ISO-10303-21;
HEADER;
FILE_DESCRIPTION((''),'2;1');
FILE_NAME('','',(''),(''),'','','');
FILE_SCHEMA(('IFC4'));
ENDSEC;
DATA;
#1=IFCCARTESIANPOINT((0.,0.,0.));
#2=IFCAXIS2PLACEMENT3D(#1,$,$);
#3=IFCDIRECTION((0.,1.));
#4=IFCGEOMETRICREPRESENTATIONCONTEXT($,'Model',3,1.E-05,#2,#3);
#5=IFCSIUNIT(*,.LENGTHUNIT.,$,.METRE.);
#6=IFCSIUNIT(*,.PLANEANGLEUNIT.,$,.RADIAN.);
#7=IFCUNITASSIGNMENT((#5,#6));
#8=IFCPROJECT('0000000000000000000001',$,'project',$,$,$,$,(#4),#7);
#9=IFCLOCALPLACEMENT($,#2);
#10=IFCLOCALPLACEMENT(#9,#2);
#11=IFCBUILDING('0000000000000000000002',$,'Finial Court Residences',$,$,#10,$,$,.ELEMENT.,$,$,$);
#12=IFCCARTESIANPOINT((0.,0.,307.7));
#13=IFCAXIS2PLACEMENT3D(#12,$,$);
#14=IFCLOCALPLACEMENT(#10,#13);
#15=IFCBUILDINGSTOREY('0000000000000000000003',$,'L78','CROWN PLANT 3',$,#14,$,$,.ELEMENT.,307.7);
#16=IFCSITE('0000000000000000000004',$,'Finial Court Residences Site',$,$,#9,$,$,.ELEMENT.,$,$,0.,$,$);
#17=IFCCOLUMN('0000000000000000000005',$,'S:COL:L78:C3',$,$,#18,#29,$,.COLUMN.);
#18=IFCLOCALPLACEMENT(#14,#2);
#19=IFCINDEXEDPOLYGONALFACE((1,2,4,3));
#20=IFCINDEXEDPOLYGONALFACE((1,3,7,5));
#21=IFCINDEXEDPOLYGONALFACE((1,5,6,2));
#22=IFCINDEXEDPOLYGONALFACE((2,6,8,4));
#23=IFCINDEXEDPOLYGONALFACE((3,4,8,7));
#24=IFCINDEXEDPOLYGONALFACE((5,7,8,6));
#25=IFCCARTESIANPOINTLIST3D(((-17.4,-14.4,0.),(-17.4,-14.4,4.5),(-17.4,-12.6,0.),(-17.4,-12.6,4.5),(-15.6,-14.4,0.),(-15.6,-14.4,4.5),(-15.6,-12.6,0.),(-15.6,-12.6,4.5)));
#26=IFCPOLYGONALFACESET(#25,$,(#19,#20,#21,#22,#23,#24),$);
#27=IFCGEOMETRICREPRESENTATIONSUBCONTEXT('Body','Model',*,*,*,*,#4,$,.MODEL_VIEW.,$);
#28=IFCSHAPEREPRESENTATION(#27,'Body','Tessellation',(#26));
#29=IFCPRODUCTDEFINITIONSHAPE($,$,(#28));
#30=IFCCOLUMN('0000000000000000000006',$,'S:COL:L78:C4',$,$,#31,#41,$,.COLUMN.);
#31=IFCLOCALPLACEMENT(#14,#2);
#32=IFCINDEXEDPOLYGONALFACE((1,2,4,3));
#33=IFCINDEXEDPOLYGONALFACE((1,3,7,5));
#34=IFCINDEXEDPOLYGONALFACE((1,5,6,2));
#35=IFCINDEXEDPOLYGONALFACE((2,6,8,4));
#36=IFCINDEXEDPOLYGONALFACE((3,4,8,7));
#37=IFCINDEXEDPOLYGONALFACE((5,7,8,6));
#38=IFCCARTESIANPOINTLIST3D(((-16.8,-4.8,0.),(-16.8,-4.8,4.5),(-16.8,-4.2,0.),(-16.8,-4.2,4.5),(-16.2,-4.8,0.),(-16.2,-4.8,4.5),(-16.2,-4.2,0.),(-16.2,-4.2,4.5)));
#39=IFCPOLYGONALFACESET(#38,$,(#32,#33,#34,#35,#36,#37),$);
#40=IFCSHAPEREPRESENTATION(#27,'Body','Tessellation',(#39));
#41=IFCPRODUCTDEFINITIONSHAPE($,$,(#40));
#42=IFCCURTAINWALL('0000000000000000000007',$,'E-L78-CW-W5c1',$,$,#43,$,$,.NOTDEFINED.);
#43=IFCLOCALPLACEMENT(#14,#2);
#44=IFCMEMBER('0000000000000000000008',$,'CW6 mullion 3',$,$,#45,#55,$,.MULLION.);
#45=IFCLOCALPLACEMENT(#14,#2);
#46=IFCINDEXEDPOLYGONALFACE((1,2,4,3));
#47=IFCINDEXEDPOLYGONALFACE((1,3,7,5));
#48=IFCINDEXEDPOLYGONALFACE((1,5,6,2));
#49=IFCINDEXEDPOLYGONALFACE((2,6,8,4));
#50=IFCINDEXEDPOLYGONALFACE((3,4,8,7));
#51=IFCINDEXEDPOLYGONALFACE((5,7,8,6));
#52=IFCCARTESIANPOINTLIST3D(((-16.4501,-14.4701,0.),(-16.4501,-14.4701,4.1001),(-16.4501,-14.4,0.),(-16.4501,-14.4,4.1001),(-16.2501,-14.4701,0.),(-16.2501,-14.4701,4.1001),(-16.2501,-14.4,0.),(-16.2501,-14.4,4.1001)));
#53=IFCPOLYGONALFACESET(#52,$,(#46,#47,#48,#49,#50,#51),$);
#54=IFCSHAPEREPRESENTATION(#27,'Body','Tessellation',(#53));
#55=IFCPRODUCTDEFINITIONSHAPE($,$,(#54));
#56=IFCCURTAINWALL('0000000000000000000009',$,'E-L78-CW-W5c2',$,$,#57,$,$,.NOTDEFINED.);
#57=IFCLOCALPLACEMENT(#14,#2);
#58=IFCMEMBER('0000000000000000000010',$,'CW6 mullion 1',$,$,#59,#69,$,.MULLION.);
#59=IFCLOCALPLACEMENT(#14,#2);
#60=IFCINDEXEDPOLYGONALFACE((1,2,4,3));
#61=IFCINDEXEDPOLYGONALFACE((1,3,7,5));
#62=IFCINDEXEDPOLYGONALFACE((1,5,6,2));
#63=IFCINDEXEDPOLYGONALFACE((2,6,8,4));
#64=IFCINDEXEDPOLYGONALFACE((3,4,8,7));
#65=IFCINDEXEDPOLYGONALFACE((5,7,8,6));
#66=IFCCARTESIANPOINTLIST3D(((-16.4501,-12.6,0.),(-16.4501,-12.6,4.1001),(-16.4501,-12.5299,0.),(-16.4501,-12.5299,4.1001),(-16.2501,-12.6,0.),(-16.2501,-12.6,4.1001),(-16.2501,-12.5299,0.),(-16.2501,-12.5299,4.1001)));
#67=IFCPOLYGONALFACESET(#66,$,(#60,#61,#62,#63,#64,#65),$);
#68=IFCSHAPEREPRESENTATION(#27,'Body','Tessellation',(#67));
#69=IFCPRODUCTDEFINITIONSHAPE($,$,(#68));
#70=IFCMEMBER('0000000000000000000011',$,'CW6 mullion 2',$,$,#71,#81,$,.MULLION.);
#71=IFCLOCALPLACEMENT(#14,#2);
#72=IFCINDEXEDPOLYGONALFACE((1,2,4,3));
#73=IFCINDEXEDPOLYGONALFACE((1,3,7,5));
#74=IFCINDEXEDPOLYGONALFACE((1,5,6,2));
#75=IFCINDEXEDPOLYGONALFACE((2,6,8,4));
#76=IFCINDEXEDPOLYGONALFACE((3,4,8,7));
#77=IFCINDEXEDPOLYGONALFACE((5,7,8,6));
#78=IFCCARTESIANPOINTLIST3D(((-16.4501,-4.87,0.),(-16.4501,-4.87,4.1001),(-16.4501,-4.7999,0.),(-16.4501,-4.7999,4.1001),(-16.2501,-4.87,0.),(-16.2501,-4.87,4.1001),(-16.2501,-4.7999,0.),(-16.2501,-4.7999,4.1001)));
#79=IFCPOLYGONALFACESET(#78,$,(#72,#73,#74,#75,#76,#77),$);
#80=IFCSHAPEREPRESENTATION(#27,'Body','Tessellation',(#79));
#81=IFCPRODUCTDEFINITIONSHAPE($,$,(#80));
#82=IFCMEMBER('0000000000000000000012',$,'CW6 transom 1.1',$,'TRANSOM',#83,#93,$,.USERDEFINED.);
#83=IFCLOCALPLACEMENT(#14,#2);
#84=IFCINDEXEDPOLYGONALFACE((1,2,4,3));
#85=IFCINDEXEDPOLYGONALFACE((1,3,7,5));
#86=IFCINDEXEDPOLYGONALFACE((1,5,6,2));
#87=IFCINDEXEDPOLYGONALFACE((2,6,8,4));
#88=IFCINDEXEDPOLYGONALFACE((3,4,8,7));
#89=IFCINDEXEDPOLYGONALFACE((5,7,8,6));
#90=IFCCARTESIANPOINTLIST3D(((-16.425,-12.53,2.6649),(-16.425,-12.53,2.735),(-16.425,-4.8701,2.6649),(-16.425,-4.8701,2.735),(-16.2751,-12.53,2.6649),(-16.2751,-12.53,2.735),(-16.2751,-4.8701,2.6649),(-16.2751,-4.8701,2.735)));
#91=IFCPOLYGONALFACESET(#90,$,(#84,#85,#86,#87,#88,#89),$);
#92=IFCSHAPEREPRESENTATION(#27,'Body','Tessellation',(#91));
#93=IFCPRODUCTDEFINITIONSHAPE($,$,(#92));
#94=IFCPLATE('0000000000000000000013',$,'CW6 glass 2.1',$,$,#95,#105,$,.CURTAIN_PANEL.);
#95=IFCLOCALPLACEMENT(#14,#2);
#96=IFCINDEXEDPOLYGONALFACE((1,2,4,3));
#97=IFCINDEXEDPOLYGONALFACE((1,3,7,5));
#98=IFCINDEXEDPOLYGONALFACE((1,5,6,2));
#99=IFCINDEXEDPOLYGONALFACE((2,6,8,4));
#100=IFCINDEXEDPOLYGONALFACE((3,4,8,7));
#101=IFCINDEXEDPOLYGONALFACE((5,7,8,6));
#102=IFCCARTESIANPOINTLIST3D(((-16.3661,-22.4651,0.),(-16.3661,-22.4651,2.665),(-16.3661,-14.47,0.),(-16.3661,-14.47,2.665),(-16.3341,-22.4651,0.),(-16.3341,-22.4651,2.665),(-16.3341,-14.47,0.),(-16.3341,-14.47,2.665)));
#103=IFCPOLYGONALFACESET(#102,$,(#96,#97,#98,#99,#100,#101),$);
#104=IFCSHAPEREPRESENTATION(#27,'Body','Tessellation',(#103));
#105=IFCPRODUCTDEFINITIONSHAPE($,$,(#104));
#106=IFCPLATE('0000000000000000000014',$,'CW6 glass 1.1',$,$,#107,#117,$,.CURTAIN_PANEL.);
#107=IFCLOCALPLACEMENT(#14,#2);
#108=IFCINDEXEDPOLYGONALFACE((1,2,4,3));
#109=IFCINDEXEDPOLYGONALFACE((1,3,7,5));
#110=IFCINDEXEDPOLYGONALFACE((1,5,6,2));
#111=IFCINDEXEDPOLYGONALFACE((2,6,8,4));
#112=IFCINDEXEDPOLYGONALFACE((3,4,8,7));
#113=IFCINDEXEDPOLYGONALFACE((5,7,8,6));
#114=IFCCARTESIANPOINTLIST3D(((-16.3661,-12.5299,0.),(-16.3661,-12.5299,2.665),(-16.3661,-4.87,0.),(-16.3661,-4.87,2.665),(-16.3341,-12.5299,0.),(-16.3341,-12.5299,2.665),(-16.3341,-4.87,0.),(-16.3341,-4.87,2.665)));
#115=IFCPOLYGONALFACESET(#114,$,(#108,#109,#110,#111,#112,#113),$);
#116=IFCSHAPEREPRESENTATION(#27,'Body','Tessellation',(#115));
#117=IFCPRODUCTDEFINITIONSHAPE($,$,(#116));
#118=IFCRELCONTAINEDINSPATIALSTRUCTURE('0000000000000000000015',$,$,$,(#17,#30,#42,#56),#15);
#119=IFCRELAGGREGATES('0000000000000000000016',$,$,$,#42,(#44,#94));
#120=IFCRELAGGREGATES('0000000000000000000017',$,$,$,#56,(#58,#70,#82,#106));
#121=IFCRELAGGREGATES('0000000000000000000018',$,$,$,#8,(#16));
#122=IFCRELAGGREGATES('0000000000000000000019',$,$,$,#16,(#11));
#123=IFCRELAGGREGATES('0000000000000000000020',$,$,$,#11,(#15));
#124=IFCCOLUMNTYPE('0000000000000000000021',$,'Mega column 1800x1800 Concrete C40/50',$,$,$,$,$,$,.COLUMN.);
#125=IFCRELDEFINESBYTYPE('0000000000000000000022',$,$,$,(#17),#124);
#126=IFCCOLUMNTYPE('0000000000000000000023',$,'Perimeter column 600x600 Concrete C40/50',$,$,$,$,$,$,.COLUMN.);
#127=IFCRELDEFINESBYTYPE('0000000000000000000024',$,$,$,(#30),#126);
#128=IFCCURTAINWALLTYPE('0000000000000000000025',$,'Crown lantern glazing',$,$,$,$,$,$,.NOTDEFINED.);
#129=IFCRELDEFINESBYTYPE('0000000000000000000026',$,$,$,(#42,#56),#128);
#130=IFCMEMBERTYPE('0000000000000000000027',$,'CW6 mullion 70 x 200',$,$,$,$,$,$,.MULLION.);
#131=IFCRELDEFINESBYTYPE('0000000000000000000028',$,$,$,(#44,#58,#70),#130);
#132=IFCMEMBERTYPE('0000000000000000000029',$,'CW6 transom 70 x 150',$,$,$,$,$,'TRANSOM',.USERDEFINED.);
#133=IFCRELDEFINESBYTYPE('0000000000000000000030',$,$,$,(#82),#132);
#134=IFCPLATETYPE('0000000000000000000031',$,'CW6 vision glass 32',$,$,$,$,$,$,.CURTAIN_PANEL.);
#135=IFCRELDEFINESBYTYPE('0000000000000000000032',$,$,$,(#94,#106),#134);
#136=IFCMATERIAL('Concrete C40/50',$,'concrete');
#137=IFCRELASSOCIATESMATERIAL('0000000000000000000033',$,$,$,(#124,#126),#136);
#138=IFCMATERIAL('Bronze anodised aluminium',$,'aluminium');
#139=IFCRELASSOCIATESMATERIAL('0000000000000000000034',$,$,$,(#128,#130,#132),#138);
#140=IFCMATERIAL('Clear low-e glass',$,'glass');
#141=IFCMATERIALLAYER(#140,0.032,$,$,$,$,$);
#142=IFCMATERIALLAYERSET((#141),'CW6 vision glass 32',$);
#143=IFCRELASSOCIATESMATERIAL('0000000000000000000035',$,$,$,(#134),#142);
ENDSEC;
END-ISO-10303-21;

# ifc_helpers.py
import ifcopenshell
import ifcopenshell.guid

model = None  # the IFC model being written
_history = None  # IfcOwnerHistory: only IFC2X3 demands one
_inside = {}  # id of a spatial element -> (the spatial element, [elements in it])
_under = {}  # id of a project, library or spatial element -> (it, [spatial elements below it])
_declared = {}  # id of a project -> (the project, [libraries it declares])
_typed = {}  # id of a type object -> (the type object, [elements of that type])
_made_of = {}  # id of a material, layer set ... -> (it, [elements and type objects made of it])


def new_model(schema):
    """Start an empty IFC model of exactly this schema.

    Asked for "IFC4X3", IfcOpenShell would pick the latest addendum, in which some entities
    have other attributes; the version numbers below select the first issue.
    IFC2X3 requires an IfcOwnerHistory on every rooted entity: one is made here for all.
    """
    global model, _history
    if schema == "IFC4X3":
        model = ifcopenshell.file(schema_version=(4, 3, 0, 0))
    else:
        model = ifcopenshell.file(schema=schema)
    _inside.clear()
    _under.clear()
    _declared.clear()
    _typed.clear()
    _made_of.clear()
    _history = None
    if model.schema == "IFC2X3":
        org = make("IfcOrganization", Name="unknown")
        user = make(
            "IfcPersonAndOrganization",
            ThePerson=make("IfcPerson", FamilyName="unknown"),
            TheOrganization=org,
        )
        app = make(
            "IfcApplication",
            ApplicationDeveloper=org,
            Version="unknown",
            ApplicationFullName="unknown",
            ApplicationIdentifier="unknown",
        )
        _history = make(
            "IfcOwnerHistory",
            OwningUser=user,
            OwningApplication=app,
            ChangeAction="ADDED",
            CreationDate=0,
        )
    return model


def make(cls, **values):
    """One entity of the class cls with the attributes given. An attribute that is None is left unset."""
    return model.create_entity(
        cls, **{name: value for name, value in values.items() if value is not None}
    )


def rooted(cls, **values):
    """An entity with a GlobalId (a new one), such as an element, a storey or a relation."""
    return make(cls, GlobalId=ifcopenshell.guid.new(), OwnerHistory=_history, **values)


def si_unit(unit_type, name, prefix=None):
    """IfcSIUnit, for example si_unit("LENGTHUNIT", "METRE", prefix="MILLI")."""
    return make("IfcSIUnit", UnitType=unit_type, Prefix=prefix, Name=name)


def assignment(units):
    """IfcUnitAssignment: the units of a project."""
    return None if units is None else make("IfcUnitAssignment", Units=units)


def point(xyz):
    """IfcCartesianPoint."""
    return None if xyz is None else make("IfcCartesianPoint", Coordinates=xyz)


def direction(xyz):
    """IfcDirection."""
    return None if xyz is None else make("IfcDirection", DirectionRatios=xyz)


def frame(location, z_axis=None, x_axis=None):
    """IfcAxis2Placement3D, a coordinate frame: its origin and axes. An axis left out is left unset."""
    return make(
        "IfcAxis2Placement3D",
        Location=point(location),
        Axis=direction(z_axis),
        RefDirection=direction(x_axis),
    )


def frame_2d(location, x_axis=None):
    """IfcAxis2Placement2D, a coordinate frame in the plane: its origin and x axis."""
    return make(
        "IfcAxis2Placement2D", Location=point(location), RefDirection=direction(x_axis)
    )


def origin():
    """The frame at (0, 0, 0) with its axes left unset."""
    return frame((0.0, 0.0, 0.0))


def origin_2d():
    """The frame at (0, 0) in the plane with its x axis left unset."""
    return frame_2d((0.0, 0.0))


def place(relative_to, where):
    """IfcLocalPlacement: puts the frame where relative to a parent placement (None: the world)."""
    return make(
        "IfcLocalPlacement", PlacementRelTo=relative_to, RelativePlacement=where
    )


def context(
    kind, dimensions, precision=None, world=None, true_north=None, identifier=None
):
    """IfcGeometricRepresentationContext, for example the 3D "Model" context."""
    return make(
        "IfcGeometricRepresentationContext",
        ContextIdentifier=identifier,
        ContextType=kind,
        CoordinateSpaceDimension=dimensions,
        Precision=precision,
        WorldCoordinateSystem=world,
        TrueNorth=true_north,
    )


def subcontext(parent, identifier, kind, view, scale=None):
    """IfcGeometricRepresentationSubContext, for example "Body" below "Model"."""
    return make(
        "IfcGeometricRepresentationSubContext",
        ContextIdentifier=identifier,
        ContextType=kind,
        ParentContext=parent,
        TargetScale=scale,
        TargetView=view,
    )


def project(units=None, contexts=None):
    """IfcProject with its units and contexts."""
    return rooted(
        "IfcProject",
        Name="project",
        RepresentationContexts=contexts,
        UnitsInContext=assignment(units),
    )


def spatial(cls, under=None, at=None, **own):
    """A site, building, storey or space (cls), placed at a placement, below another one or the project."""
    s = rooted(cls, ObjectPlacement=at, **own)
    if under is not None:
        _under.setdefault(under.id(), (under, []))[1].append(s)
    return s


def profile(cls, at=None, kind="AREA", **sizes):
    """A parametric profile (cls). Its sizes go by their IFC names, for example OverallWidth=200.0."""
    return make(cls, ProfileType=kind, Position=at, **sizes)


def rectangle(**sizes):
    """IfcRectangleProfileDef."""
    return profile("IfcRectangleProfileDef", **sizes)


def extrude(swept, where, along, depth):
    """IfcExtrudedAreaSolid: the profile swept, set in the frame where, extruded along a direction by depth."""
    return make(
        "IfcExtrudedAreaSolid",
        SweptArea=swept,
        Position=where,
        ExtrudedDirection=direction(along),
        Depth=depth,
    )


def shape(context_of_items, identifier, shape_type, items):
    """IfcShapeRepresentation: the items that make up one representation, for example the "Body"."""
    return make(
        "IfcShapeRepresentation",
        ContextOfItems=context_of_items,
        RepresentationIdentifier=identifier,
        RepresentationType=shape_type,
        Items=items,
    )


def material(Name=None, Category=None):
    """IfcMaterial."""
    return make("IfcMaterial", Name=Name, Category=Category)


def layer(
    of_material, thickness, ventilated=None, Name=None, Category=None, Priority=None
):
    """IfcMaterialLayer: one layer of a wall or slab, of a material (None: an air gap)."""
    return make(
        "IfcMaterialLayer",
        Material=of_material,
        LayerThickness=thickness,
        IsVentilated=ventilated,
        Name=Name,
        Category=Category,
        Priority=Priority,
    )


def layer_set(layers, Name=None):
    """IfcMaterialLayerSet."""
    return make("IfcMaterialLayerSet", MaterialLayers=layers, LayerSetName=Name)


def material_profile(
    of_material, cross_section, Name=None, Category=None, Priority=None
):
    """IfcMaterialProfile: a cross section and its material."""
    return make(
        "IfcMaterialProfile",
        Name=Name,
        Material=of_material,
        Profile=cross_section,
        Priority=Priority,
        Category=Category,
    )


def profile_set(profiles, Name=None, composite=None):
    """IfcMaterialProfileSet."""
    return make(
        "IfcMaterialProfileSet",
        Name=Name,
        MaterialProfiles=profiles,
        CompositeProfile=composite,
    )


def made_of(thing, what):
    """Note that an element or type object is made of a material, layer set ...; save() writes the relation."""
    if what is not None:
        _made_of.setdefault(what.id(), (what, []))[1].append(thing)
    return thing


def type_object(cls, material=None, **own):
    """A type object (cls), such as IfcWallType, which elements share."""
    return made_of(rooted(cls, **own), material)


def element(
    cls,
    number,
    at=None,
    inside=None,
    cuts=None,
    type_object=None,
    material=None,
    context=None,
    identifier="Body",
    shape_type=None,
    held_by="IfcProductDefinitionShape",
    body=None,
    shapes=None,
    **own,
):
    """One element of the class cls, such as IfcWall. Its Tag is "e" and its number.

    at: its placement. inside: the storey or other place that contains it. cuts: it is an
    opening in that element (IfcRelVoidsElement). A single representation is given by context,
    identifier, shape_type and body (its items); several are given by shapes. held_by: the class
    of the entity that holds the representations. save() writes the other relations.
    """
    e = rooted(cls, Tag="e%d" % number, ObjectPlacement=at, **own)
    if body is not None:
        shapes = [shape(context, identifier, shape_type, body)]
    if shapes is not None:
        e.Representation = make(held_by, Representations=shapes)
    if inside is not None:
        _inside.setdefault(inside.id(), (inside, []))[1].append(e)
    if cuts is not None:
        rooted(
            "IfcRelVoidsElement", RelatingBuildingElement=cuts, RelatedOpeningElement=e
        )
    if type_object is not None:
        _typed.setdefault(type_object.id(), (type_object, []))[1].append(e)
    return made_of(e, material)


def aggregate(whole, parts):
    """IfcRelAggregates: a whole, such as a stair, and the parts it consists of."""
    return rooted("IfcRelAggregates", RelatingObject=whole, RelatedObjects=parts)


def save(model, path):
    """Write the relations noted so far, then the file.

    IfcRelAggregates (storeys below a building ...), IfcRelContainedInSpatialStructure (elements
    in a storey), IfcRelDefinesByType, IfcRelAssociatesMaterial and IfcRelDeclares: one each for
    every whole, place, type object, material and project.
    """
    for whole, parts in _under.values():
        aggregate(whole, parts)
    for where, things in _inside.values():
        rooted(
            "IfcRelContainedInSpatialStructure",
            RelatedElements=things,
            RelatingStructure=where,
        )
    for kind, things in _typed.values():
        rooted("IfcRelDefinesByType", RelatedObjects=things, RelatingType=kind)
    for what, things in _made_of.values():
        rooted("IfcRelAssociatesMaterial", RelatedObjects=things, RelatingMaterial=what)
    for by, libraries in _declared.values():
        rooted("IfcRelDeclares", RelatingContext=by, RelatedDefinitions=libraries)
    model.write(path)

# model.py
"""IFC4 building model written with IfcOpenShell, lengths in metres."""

from ifc_helpers import new_model, si_unit, direction, frame, origin, origin_2d, place, context, subcontext, project, spatial, rectangle, extrude, material, layer, layer_set, material_profile, profile_set, type_object, element, aggregate, save


model = new_model("IFC4")

# Units and contexts
model_context = context("Model", 3, precision=1e-05, world=origin(), true_north=direction((0.0, 1.0)))
body_context = subcontext(model_context, "Body", "Model", "MODEL_VIEW")
ifc_project = project(units=[si_unit("LENGTHUNIT", "METRE"), si_unit("PLANEANGLEUNIT", "RADIAN")], contexts=[model_context])

# Site, building, storey
site_placement = place(None, origin())
site = spatial("IfcSite", under=ifc_project, at=site_placement, Name="Finial Court Residences Site", CompositionType="ELEMENT", RefElevation=0.0)
building_placement = place(site_placement, origin())
building = spatial("IfcBuilding", under=site, at=building_placement, Name="Finial Court Residences", CompositionType="ELEMENT")
storey_placement = place(building_placement, frame((0.0, 0.0, 307.7)))
storey = spatial("IfcBuildingStorey", under=building, at=storey_placement, Name="L78", Description="CROWN PLANT 3", CompositionType="ELEMENT", Elevation=307.7)

# Columns
ifc_material_1 = material(Name="Concrete C40/50", Category="concrete")
ifc_material_profile_1 = material_profile(ifc_material_1, rectangle(XDim=1.8, YDim=1.8, at=origin_2d()), Name="1800x1800")
ifc_profile_set_1 = profile_set([ifc_material_profile_1], Name="Concrete C40/50")
column_type_1 = type_object("IfcColumnType", Name="Mega column 1800x1800 Concrete C40/50", PredefinedType="COLUMN", material=ifc_profile_set_1)
column_1_placement = place(storey_placement, frame((-16.5, -13.5, 0.0), z_axis=(0.0, 0.0, 1.0), x_axis=(1.0, 0.0, 0.0)))
element("IfcColumn", 1, at=column_1_placement, inside=storey, type_object=column_type_1, Name="S:COL:L78:C3", PredefinedType="COLUMN", context=body_context, shape_type="SweptSolid", body=[
    extrude(rectangle(XDim=1.8, YDim=1.8, at=origin_2d()), origin(), (0.0, 0.0, 1.0), 4.5),
])
ifc_material_profile_2 = material_profile(ifc_material_1, rectangle(XDim=0.6001, YDim=0.6001, at=origin_2d()), Name="600x600")
ifc_profile_set_2 = profile_set([ifc_material_profile_2], Name="Concrete C40/50")
column_type_2 = type_object("IfcColumnType", Name="Perimeter column 600x600 Concrete C40/50", PredefinedType="COLUMN", material=ifc_profile_set_2)
column_2_placement = place(storey_placement, frame((-16.5, -4.5, 0.0), z_axis=(0.0, 0.0, 1.0), x_axis=(1.0, 0.0, 0.0)))
element("IfcColumn", 2, at=column_2_placement, inside=storey, type_object=column_type_2, Name="S:COL:L78:C4", PredefinedType="COLUMN", context=body_context, shape_type="SweptSolid", body=[
    extrude(rectangle(XDim=0.6001, YDim=0.6001, at=origin_2d()), origin(), (0.0, 0.0, 1.0), 4.5),
])

# Curtain wall, member
ifc_material_2 = material(Name="Bronze anodised aluminium", Category="aluminium")
curtain_wall_type = type_object("IfcCurtainWallType", Name="Crown lantern glazing", PredefinedType="NOTDEFINED", material=ifc_material_2)
curtain_wall_1_placement = place(storey_placement, origin())
curtain_wall_1 = element("IfcCurtainWall", 3, at=curtain_wall_1_placement, inside=storey, type_object=curtain_wall_type, Name="E-L78-CW-W5c1", PredefinedType="NOTDEFINED")
ifc_material_profile_3 = material_profile(ifc_material_2, rectangle(XDim=0.2, YDim=0.0701, at=origin_2d()), Name="CW6 mullion 70 x 200")
ifc_profile_set_3 = profile_set([ifc_material_profile_3], Name="Bronze anodised aluminium")
member_type_1 = type_object("IfcMemberType", Name="CW6 mullion 70 x 200", PredefinedType="MULLION", material=ifc_profile_set_3)
member_1_placement = place(storey_placement, frame((-16.3501, -14.4351, 0.0), z_axis=(0.0, 0.0, 1.0), x_axis=(-1.0, 0.0, 0.0)))
member_1 = element("IfcMember", 4, at=member_1_placement, type_object=member_type_1, Name="CW6 mullion 3", PredefinedType="MULLION", context=body_context, shape_type="SweptSolid", body=[
    extrude(rectangle(XDim=0.2, YDim=0.0701, at=origin_2d()), origin(), (0.0, 0.0, 1.0), 4.1001),
])

# Curtain wall, members
curtain_wall_2_placement = place(storey_placement, origin())
curtain_wall_2 = element("IfcCurtainWall", 5, at=curtain_wall_2_placement, inside=storey, type_object=curtain_wall_type, Name="E-L78-CW-W5c2", PredefinedType="NOTDEFINED")
member_2_placement = place(storey_placement, frame((-16.3501, -12.5649, 0.0), z_axis=(0.0, 0.0, 1.0), x_axis=(-1.0, 0.0, 0.0)))
member_2 = element("IfcMember", 6, at=member_2_placement, type_object=member_type_1, Name="CW6 mullion 1", PredefinedType="MULLION", context=body_context, shape_type="SweptSolid", body=[
    extrude(rectangle(XDim=0.2, YDim=0.0701, at=origin_2d()), origin(), (0.0, 0.0, 1.0), 4.1001),
])
member_3_placement = place(storey_placement, frame((-16.3501, -4.835, 0.0), z_axis=(0.0, 0.0, 1.0), x_axis=(-1.0, 0.0, 0.0)))
member_3 = element("IfcMember", 7, at=member_3_placement, type_object=member_type_1, Name="CW6 mullion 2", PredefinedType="MULLION", context=body_context, shape_type="SweptSolid", body=[
    extrude(rectangle(XDim=0.2, YDim=0.0701, at=origin_2d()), origin(), (0.0, 0.0, 1.0), 4.1001),
])
ifc_material_profile_4 = material_profile(ifc_material_2, rectangle(XDim=0.1499, YDim=0.0701, at=origin_2d()), Name="CW6 transom 70 x 150")
ifc_profile_set_4 = profile_set([ifc_material_profile_4], Name="Bronze anodised aluminium")
member_type_2 = type_object("IfcMemberType", Name="CW6 transom 70 x 150", ElementType="TRANSOM", PredefinedType="USERDEFINED", material=ifc_profile_set_4)
member_4_placement = place(storey_placement, frame((-16.3501, -12.53, 2.7), z_axis=(0.0, 1.0, 0.0), x_axis=(-1.0, 0.0, 0.0)))
member_4 = element("IfcMember", 8, at=member_4_placement, type_object=member_type_2, Name="CW6 transom 1.1", ObjectType="TRANSOM", PredefinedType="USERDEFINED", context=body_context, shape_type="SweptSolid", body=[
    extrude(rectangle(XDim=0.1499, YDim=0.0701, at=origin_2d()), origin(), (0.0, 0.0, 1.0), 7.6599),
])

# Plates
ifc_material_3 = material(Name="Clear low-e glass", Category="glass")
ifc_layer_1 = layer(ifc_material_3, 0.032)
ifc_layer_set_1 = layer_set([ifc_layer_1], Name="CW6 vision glass 32")
plate_type = type_object("IfcPlateType", Name="CW6 vision glass 32", PredefinedType="CURTAIN_PANEL", material=ifc_layer_set_1)
plate_1_placement = place(storey_placement, frame((-16.3501, -18.4675, 0.0), z_axis=(0.0, 0.0, 1.0), x_axis=(0.0, 1.0, 0.0)))
plate_1 = element("IfcPlate", 9, at=plate_1_placement, type_object=plate_type, Name="CW6 glass 2.1", PredefinedType="CURTAIN_PANEL", context=body_context, shape_type="SweptSolid", body=[
    extrude(rectangle(XDim=7.9951, YDim=0.032, at=origin_2d()), origin(), (0.0, 0.0, 1.0), 2.665),
])
plate_2_placement = place(storey_placement, frame((-16.3501, -8.7, 0.0), z_axis=(0.0, 0.0, 1.0), x_axis=(0.0, 1.0, 0.0)))
plate_2 = element("IfcPlate", 10, at=plate_2_placement, type_object=plate_type, Name="CW6 glass 1.1", PredefinedType="CURTAIN_PANEL", context=body_context, shape_type="SweptSolid", body=[
    extrude(rectangle(XDim=7.6599, YDim=0.032, at=origin_2d()), origin(), (0.0, 0.0, 1.0), 2.665),
])

aggregate(curtain_wall_1, [member_1, plate_1])
aggregate(curtain_wall_2, [member_2, member_3, member_4, plate_2])

save(model, "model.ifc")
